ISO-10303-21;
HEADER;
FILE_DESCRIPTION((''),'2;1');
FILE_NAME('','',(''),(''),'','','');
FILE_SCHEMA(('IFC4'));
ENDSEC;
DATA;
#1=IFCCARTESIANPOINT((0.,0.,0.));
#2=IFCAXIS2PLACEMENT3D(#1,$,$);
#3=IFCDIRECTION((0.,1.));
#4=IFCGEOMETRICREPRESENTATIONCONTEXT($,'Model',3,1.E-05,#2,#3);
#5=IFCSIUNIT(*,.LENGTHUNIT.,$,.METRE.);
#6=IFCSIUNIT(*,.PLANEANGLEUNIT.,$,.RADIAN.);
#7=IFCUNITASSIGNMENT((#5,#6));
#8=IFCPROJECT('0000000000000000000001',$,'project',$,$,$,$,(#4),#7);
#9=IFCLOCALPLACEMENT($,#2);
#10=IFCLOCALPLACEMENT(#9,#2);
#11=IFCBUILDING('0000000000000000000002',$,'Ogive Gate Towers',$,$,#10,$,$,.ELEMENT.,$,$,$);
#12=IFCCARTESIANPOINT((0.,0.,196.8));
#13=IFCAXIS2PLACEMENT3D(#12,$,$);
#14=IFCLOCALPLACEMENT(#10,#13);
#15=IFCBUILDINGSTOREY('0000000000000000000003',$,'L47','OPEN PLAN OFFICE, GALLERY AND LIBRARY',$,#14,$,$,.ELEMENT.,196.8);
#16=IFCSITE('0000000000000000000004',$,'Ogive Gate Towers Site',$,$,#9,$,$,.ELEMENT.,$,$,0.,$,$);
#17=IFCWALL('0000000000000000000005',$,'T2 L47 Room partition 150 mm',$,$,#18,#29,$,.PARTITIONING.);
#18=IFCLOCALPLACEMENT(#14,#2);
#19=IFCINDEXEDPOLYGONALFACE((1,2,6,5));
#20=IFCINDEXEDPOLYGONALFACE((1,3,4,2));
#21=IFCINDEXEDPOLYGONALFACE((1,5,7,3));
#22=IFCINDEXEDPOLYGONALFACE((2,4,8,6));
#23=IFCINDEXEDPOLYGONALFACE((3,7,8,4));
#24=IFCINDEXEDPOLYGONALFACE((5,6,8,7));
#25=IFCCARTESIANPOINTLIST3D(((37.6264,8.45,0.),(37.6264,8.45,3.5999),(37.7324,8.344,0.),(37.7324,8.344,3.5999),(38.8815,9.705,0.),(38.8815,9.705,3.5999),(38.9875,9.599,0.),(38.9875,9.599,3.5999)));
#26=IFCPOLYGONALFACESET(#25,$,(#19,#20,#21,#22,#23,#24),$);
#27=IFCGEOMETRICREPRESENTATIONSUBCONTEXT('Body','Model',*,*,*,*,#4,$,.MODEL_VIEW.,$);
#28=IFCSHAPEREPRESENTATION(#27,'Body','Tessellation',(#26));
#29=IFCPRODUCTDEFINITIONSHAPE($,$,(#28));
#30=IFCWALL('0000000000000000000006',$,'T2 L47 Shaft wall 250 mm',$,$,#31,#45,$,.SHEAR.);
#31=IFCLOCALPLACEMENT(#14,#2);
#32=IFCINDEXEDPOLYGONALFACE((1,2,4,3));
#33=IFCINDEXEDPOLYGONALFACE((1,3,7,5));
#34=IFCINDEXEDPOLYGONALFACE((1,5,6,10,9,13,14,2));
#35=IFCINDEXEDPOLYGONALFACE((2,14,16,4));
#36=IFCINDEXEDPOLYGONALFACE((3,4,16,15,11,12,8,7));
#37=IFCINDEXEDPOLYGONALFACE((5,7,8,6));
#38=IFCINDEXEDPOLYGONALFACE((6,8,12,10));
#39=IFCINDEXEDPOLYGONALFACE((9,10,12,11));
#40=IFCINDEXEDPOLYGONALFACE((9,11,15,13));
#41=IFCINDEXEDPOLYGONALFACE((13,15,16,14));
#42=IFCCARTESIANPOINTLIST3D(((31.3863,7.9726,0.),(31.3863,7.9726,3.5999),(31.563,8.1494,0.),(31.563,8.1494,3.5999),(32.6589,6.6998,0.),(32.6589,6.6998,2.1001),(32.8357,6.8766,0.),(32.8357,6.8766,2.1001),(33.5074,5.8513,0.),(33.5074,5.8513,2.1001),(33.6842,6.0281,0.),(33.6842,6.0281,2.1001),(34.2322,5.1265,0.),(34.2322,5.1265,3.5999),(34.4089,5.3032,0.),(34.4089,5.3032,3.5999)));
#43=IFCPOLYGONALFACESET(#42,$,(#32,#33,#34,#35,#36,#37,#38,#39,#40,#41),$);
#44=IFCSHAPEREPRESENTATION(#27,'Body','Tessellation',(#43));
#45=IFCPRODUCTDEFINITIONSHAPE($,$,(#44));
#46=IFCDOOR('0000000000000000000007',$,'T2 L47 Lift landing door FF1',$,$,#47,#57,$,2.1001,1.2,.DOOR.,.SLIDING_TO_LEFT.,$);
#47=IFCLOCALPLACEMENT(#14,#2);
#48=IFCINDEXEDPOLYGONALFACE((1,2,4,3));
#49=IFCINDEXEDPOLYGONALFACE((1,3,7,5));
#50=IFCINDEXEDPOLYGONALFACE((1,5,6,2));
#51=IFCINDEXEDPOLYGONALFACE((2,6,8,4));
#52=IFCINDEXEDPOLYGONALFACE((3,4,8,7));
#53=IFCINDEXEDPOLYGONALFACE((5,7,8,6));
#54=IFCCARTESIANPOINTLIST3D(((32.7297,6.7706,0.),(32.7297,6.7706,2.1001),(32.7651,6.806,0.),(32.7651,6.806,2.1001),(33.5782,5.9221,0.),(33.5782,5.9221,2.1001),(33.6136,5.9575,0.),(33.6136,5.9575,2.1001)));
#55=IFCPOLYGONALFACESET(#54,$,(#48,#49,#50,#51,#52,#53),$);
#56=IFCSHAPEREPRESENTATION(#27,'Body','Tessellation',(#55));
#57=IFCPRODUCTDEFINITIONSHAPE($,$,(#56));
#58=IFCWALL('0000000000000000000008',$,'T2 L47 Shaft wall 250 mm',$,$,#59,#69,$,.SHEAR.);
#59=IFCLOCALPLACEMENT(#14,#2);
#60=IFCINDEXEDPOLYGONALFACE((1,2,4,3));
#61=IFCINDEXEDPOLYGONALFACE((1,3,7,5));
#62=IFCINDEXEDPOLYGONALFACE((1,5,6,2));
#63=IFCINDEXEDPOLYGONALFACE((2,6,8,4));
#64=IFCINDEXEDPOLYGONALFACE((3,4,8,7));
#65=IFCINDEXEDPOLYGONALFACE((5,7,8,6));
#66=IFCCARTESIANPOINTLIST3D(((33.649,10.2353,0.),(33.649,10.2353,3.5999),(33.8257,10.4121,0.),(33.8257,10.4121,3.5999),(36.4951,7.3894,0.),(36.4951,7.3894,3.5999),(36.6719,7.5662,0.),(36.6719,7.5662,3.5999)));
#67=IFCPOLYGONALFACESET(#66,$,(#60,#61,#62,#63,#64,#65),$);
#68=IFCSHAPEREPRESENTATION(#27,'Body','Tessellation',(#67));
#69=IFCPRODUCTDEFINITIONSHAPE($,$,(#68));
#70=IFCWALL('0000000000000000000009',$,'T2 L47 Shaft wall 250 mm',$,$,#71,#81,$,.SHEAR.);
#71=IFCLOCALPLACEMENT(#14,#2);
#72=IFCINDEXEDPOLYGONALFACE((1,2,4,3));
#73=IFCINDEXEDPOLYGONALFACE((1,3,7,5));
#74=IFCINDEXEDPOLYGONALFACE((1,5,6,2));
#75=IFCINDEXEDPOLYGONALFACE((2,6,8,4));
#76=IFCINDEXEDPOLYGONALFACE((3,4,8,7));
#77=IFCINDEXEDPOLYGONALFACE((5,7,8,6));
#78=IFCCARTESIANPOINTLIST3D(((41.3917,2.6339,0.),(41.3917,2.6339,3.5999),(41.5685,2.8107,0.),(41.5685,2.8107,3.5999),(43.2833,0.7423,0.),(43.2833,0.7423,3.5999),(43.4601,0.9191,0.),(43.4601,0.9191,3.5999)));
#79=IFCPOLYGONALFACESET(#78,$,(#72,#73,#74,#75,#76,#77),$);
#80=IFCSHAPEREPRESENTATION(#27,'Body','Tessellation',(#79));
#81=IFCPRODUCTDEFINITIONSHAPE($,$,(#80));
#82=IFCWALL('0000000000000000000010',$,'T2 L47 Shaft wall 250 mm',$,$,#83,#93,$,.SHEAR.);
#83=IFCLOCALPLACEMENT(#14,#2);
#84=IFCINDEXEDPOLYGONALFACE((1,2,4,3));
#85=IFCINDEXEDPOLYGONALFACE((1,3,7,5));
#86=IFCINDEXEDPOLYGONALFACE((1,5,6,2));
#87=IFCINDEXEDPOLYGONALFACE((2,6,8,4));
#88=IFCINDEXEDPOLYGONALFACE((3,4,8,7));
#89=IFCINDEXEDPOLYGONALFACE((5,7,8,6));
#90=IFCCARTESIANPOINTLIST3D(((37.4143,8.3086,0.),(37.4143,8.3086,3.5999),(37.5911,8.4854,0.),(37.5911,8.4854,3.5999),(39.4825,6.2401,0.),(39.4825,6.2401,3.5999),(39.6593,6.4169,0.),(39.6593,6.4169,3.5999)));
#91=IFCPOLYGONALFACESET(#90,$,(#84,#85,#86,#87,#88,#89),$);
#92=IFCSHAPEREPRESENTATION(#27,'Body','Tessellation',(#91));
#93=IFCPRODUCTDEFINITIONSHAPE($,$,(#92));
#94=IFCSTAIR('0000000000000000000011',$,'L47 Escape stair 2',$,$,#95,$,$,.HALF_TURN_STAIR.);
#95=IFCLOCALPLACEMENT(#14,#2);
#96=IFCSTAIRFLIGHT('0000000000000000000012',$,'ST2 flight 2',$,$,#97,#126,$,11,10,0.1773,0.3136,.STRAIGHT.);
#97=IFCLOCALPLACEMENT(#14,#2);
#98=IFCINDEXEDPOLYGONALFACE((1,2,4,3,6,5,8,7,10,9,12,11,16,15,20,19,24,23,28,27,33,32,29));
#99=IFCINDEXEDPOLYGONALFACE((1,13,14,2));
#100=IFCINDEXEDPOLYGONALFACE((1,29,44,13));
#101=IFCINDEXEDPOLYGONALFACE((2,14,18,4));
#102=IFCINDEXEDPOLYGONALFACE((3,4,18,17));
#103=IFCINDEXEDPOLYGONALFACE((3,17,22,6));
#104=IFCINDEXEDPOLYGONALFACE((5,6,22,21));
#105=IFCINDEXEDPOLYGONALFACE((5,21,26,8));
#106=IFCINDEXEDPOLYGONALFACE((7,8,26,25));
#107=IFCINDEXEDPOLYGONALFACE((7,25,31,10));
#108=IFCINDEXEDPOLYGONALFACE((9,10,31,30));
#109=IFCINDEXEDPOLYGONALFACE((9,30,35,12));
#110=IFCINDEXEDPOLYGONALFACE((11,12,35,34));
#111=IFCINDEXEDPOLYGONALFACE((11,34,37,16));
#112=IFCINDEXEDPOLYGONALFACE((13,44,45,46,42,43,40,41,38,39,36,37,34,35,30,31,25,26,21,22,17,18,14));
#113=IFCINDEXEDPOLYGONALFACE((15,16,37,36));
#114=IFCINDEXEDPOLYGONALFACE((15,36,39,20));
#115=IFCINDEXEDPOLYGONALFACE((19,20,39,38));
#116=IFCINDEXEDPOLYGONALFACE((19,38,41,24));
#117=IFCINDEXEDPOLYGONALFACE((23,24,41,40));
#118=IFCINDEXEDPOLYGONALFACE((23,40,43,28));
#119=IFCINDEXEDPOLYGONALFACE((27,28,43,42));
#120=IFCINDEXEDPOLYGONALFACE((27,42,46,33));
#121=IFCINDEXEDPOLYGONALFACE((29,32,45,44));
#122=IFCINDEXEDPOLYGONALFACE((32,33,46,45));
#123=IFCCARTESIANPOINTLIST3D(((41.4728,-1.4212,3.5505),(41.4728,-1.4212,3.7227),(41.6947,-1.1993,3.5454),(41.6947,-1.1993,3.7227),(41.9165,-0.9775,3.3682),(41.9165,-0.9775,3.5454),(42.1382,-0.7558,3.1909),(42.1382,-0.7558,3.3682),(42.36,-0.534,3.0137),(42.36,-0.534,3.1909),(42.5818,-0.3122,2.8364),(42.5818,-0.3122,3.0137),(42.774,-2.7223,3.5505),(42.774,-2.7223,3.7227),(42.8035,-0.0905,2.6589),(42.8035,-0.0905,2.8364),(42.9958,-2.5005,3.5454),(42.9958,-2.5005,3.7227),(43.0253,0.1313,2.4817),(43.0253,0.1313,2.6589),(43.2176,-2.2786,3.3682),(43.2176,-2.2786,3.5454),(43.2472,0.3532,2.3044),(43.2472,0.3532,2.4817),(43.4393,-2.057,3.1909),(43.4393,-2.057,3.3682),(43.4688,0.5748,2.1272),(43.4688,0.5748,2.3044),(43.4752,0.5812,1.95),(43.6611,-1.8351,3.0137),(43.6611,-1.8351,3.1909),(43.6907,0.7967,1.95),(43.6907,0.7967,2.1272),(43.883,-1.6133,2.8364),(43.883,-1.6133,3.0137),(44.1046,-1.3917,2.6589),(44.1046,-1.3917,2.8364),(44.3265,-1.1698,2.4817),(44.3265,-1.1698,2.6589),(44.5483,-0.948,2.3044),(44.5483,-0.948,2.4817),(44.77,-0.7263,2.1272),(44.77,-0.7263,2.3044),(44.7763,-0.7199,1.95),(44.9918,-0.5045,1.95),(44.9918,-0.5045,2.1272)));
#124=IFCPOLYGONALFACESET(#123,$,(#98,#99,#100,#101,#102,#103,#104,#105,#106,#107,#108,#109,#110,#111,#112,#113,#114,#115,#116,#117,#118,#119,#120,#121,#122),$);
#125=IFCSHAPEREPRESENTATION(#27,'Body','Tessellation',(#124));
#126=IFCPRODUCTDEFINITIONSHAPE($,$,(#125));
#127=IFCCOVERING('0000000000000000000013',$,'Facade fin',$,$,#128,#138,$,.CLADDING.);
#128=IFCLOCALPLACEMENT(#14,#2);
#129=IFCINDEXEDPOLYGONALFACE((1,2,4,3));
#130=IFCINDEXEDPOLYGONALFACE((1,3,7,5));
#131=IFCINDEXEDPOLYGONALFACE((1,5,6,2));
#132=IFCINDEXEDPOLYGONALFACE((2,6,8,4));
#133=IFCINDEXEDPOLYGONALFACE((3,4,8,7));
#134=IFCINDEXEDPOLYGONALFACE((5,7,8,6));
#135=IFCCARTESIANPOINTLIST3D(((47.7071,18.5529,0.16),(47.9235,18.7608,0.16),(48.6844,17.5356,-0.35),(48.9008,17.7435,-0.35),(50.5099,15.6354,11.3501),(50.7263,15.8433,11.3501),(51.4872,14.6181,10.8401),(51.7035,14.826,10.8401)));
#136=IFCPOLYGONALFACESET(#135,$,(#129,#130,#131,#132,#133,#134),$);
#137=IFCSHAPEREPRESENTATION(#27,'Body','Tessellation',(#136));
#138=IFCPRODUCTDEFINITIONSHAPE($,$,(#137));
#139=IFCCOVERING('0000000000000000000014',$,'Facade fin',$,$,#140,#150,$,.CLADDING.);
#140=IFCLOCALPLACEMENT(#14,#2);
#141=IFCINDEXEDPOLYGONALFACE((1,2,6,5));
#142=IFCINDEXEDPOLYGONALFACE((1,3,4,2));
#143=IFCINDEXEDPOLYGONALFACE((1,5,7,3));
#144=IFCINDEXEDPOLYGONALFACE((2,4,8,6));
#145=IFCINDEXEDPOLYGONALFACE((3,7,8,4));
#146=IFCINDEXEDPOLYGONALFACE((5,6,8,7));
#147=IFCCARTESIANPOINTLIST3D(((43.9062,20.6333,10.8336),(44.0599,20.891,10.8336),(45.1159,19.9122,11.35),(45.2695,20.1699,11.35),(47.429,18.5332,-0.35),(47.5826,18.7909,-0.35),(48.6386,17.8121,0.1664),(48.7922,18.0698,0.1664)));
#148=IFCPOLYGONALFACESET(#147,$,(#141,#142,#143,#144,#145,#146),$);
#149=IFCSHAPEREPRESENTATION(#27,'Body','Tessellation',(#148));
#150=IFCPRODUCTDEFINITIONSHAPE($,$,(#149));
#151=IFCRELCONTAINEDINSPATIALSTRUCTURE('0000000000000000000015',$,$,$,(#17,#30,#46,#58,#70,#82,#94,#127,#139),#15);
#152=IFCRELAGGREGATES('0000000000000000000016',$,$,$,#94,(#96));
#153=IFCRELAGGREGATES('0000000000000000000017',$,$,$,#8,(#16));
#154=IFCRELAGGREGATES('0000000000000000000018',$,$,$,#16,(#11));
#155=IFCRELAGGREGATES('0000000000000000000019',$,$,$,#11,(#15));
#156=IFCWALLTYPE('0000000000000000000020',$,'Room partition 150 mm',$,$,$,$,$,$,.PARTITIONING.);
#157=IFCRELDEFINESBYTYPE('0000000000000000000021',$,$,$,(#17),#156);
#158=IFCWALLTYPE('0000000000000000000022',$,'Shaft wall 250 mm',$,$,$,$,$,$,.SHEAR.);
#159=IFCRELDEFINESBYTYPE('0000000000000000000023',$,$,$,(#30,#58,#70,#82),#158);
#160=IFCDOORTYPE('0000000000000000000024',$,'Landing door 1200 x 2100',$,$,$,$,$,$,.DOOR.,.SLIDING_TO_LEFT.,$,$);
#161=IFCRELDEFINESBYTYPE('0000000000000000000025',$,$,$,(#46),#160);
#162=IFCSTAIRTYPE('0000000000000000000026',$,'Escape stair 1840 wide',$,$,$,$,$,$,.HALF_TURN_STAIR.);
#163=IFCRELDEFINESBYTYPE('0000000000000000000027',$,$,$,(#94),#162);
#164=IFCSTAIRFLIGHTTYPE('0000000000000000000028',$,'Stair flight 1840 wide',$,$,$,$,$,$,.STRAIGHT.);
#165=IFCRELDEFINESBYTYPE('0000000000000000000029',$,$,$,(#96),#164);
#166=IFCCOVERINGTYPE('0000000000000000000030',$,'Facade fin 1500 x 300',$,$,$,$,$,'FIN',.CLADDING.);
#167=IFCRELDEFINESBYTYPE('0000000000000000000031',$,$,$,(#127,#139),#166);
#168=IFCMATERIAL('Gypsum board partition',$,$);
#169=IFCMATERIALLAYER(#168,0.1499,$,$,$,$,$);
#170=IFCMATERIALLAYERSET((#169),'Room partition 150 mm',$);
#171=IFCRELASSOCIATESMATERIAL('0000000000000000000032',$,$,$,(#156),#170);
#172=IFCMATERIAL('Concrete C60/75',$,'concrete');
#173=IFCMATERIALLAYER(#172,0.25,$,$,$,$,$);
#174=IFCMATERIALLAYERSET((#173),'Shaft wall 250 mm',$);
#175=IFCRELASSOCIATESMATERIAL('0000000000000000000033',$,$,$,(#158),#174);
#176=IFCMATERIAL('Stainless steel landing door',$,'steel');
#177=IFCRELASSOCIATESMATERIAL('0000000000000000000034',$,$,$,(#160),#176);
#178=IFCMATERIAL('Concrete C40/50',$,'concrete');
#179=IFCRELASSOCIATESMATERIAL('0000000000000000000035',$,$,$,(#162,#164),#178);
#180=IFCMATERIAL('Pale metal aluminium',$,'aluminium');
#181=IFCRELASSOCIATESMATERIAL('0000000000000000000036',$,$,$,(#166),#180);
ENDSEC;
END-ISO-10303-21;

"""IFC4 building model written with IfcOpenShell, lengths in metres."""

from ifc_helpers import new_model, si_unit, direction, frame, frame_2d, origin, origin_2d, place, context, subcontext, project, spatial, polyline, rectangle, outline, extrude, material, layer, layer_set, material_profile, profile_set, type_object, element, fill, aggregate, save


model = new_model("IFC4")

# Units and contexts
model_context = context("Model", 3, precision=1e-05, world=origin(), true_north=direction((0.0, 1.0)))
body_context = subcontext(model_context, "Body", "Model", "MODEL_VIEW")
ifc_project = project(units=[si_unit("LENGTHUNIT", "METRE"), si_unit("PLANEANGLEUNIT", "RADIAN")], contexts=[model_context])

# Site, building, storey
site_placement = place(None, origin())
site = spatial("IfcSite", under=ifc_project, at=site_placement, Name="Ogive Gate Towers Site", CompositionType="ELEMENT", RefElevation=0.0)
building_placement = place(site_placement, origin())
building = spatial("IfcBuilding", under=site, at=building_placement, Name="Ogive Gate Towers", CompositionType="ELEMENT")
storey_placement = place(building_placement, frame((0.0, 0.0, 196.8)))
storey = spatial("IfcBuildingStorey", under=building, at=storey_placement, Name="L47", Description="OPEN PLAN OFFICE, GALLERY AND LIBRARY", CompositionType="ELEMENT", Elevation=196.8)

# Shared definitions
ifc_material_1 = material(Name="Concrete C40/50", Category="concrete")

# Shared definitions
ifc_material_2 = material(Name="Pale metal aluminium", Category="aluminium")

# Shared definitions
ifc_material_3 = material(Name="Gypsum board partition")

# Wall
ifc_layer_1 = layer(ifc_material_3, 0.1499)
ifc_layer_set_1 = layer_set([ifc_layer_1], Name="Room partition 150 mm")
wall_type_1 = type_object("IfcWallType", Name="Room partition 150 mm", PredefinedType="PARTITIONING", material=ifc_layer_set_1)
wall_1_placement = place(storey_placement, frame((37.6794, 8.397, 0.0), z_axis=(0.0, 0.0, 1.0), x_axis=(0.707107, 0.707107, 0.0)))
element("IfcWall", 1, at=wall_1_placement, inside=storey, type_object=wall_type_1, Name="T2 L47 Room partition 150 mm", PredefinedType="PARTITIONING", context=body_context, shape_type="SweptSolid", body=[
    extrude(rectangle(XDim=1.7749, YDim=0.1499, at=frame_2d((0.8875, 0.0))), origin(), (0.0, 0.0, 1.0), 3.5999),
])

# Wall, opening, door
ifc_material_4 = material(Name="Concrete C60/75", Category="concrete")
ifc_layer_2 = layer(ifc_material_4, 0.25)
ifc_layer_set_2 = layer_set([ifc_layer_2], Name="Shaft wall 250 mm")
wall_type_2 = type_object("IfcWallType", Name="Shaft wall 250 mm", PredefinedType="SHEAR", material=ifc_layer_set_2)
wall_2_placement = place(storey_placement, frame((34.3206, 5.2148, 0.0), z_axis=(0.0, 0.0, 1.0), x_axis=(-0.707076, 0.707137, 0.0)))
wall_2 = element("IfcWall", 2, at=wall_2_placement, inside=storey, type_object=wall_type_2, Name="T2 L47 Shaft wall 250 mm", PredefinedType="SHEAR", context=body_context, shape_type="SweptSolid", body=[
    extrude(rectangle(XDim=4.0249, YDim=0.25, at=frame_2d((2.0125, 0.0))), origin(), (0.0, 0.0, 1.0), 3.5999),
])
opening_1_placement = place(wall_2_placement, frame((1.0249, 0.0, 0.0)))
opening_1 = element("IfcOpeningElement", 3, at=opening_1_placement, cuts=wall_2, PredefinedType="OPENING", context=body_context, shape_type="SweptSolid", body=[
    extrude(rectangle(XDim=1.2, YDim=2.1001, at=frame_2d((0.6001, 1.05))), frame((0.0, 0.135, 0.0), z_axis=(0.0, -1.0, 0.0), x_axis=(1.0, 0.0, 0.0)), (0.0, 0.0, 1.0), 0.27),
])
ifc_material_5 = material(Name="Stainless steel landing door", Category="steel")
door_type_1 = type_object("IfcDoorType", Name="Landing door 1200 x 2100", OperationType="SLIDING_TO_LEFT", PredefinedType="DOOR", material=ifc_material_5)
door_1_placement = place(opening_1_placement, origin())
door_1 = element("IfcDoor", 4, at=door_1_placement, inside=storey, type_object=door_type_1, Name="T2 L47 Lift landing door FF1", OperationType="SLIDING_TO_LEFT", OverallHeight=2.1001, OverallWidth=1.2, PredefinedType="DOOR", context=body_context, shape_type="SweptSolid", body=[
    extrude(rectangle(XDim=1.2, YDim=2.1001, at=frame_2d((0.6001, 1.05))), frame((0.0, 0.0249, 0.0), z_axis=(0.0, -1.0, 0.0), x_axis=(1.0, 0.0, 0.0)), (0.0, 0.0, 1.0), 0.05),
])
fill(opening_1, door_1)

# Walls
wall_3_placement = place(storey_placement, frame((36.5835, 7.4778, 0.0), z_axis=(0.0, 0.0, 1.0), x_axis=(-0.707137, 0.707076, 0.0)))
element("IfcWall", 5, at=wall_3_placement, inside=storey, type_object=wall_type_2, Name="T2 L47 Shaft wall 250 mm", PredefinedType="SHEAR", context=body_context, shape_type="SweptSolid", body=[
    extrude(rectangle(XDim=4.0249, YDim=0.25, at=frame_2d((2.0125, 0.0))), origin(), (0.0, 0.0, 1.0), 3.5999),
])
wall_4_placement = place(storey_placement, frame((43.3716, 0.8308, 0.0), z_axis=(0.0, 0.0, 1.0), x_axis=(-0.707107, 0.707107, 0.0)))
element("IfcWall", 6, at=wall_4_placement, inside=storey, type_object=wall_type_2, Name="T2 L47 Shaft wall 250 mm", PredefinedType="SHEAR", context=body_context, shape_type="SweptSolid", body=[
    extrude(rectangle(XDim=2.675, YDim=0.25, at=frame_2d((1.3374, 0.0))), origin(), (0.0, 0.0, 1.0), 3.5999),
])
wall_5_placement = place(storey_placement, frame((39.5708, 6.3286, 0.0), z_axis=(0.0, 0.0, 1.0), x_axis=(-0.707065, 0.707149, 0.0)))
element("IfcWall", 7, at=wall_5_placement, inside=storey, type_object=wall_type_2, Name="T2 L47 Shaft wall 250 mm", PredefinedType="SHEAR", context=body_context, shape_type="SweptSolid", body=[
    extrude(rectangle(XDim=2.925, YDim=0.25, at=frame_2d((1.4624, 0.0))), origin(), (0.0, 0.0, 1.0), 3.5999),
])

# Stair, stair flight
stair_type = type_object("IfcStairType", Name="Escape stair 1840 wide", PredefinedType="HALF_TURN_STAIR", material=ifc_material_1)
stair_placement = place(storey_placement, origin())
stair = element("IfcStair", 8, at=stair_placement, inside=storey, type_object=stair_type, Name="L47 Escape stair 2", PredefinedType="HALF_TURN_STAIR")
stair_flight_type = type_object("IfcStairFlightType", Name="Stair flight 1840 wide", PredefinedType="STRAIGHT", material=ifc_material_1)
stair_flight_placement = place(storey_placement, frame((44.3413, 0.146, 1.95), z_axis=(0.0, 0.0, 1.0), x_axis=(-0.707107, -0.707107, 0.0)))
stair_flight = element("IfcStairFlight", 9, at=stair_flight_placement, type_object=stair_flight_type, Name="ST2 flight 2", NumberOfRisers=11, NumberOfTreads=10, PredefinedType="STRAIGHT", RiserHeight=0.1773, TreadLength=0.3136, context=body_context, shape_type="SweptSolid", body=[
    extrude(outline(polyline([(0.0, 0.0), (0.0, 0.1772), (0.3137, 0.1772), (0.3137, 0.3545), (0.6272, 0.3545), (0.6272, 0.5317), (0.9409, 0.5317), (0.9409, 0.709), (1.2546, 0.709), (1.2546, 0.8865), (1.5681, 0.8865), (1.5681, 1.0637), (1.8818, 1.0637), (1.8818, 1.241), (2.1956, 1.241), (2.1956, 1.4182), (2.509, 1.4182), (2.509, 1.5955), (2.8228, 1.5955), (2.8228, 1.7727), (3.1365, 1.7727), (3.1365, 1.95), (3.1365, 1.6006), (0.3047, 0.0), (0.0, 0.0)])), frame((0.0, 0.9199, 0.0), z_axis=(0.0, -1.0, 0.0), x_axis=(1.0, 0.0, 0.0)), (0.0, 0.0, 1.0), 1.8401),
])
aggregate(stair, [stair_flight])

# Coverings
ifc_material_profile_1 = material_profile(ifc_material_2, rectangle(XDim=0.3, YDim=1.5, at=origin_2d()), Name="1500 x 300 pale metal aluminium")
ifc_profile_set_1 = profile_set([ifc_material_profile_1], Name="Pale metal aluminium")
covering_type = type_object("IfcCoveringType", Name="Facade fin 1500 x 300", ElementType="FIN", PredefinedType="CLADDING", material=ifc_profile_set_1)
covering_1_placement = place(storey_placement, frame((48.304, 18.1482, -0.095), z_axis=(0.235547, -0.245191, 0.940425), x_axis=(0.721146, 0.692783, 0.0)))
element("IfcCovering", 10, at=covering_1_placement, inside=storey, type_object=covering_type, Name="Facade fin", PredefinedType="CLADDING", context=body_context, shape_type="SweptSolid", body=[
    extrude(rectangle(XDim=0.3, YDim=1.5, at=origin_2d()), origin(), (0.0, 0.0, 1.0), 11.8989),
])
covering_2_placement = place(storey_placement, frame((48.1106, 18.3015, -0.0918), z_axis=(-0.295731, 0.176303, 0.938861), x_axis=(-0.512069, -0.858944, 0.0)))
element("IfcCovering", 11, at=covering_2_placement, inside=storey, type_object=covering_type, Name="Facade fin", PredefinedType="CLADDING", context=body_context, shape_type="SweptSolid", body=[
    extrude(rectangle(XDim=0.3, YDim=1.5, at=origin_2d()), origin(), (0.0, 0.0, 1.0), 11.9119),
])

save(model, "model.ifc")
